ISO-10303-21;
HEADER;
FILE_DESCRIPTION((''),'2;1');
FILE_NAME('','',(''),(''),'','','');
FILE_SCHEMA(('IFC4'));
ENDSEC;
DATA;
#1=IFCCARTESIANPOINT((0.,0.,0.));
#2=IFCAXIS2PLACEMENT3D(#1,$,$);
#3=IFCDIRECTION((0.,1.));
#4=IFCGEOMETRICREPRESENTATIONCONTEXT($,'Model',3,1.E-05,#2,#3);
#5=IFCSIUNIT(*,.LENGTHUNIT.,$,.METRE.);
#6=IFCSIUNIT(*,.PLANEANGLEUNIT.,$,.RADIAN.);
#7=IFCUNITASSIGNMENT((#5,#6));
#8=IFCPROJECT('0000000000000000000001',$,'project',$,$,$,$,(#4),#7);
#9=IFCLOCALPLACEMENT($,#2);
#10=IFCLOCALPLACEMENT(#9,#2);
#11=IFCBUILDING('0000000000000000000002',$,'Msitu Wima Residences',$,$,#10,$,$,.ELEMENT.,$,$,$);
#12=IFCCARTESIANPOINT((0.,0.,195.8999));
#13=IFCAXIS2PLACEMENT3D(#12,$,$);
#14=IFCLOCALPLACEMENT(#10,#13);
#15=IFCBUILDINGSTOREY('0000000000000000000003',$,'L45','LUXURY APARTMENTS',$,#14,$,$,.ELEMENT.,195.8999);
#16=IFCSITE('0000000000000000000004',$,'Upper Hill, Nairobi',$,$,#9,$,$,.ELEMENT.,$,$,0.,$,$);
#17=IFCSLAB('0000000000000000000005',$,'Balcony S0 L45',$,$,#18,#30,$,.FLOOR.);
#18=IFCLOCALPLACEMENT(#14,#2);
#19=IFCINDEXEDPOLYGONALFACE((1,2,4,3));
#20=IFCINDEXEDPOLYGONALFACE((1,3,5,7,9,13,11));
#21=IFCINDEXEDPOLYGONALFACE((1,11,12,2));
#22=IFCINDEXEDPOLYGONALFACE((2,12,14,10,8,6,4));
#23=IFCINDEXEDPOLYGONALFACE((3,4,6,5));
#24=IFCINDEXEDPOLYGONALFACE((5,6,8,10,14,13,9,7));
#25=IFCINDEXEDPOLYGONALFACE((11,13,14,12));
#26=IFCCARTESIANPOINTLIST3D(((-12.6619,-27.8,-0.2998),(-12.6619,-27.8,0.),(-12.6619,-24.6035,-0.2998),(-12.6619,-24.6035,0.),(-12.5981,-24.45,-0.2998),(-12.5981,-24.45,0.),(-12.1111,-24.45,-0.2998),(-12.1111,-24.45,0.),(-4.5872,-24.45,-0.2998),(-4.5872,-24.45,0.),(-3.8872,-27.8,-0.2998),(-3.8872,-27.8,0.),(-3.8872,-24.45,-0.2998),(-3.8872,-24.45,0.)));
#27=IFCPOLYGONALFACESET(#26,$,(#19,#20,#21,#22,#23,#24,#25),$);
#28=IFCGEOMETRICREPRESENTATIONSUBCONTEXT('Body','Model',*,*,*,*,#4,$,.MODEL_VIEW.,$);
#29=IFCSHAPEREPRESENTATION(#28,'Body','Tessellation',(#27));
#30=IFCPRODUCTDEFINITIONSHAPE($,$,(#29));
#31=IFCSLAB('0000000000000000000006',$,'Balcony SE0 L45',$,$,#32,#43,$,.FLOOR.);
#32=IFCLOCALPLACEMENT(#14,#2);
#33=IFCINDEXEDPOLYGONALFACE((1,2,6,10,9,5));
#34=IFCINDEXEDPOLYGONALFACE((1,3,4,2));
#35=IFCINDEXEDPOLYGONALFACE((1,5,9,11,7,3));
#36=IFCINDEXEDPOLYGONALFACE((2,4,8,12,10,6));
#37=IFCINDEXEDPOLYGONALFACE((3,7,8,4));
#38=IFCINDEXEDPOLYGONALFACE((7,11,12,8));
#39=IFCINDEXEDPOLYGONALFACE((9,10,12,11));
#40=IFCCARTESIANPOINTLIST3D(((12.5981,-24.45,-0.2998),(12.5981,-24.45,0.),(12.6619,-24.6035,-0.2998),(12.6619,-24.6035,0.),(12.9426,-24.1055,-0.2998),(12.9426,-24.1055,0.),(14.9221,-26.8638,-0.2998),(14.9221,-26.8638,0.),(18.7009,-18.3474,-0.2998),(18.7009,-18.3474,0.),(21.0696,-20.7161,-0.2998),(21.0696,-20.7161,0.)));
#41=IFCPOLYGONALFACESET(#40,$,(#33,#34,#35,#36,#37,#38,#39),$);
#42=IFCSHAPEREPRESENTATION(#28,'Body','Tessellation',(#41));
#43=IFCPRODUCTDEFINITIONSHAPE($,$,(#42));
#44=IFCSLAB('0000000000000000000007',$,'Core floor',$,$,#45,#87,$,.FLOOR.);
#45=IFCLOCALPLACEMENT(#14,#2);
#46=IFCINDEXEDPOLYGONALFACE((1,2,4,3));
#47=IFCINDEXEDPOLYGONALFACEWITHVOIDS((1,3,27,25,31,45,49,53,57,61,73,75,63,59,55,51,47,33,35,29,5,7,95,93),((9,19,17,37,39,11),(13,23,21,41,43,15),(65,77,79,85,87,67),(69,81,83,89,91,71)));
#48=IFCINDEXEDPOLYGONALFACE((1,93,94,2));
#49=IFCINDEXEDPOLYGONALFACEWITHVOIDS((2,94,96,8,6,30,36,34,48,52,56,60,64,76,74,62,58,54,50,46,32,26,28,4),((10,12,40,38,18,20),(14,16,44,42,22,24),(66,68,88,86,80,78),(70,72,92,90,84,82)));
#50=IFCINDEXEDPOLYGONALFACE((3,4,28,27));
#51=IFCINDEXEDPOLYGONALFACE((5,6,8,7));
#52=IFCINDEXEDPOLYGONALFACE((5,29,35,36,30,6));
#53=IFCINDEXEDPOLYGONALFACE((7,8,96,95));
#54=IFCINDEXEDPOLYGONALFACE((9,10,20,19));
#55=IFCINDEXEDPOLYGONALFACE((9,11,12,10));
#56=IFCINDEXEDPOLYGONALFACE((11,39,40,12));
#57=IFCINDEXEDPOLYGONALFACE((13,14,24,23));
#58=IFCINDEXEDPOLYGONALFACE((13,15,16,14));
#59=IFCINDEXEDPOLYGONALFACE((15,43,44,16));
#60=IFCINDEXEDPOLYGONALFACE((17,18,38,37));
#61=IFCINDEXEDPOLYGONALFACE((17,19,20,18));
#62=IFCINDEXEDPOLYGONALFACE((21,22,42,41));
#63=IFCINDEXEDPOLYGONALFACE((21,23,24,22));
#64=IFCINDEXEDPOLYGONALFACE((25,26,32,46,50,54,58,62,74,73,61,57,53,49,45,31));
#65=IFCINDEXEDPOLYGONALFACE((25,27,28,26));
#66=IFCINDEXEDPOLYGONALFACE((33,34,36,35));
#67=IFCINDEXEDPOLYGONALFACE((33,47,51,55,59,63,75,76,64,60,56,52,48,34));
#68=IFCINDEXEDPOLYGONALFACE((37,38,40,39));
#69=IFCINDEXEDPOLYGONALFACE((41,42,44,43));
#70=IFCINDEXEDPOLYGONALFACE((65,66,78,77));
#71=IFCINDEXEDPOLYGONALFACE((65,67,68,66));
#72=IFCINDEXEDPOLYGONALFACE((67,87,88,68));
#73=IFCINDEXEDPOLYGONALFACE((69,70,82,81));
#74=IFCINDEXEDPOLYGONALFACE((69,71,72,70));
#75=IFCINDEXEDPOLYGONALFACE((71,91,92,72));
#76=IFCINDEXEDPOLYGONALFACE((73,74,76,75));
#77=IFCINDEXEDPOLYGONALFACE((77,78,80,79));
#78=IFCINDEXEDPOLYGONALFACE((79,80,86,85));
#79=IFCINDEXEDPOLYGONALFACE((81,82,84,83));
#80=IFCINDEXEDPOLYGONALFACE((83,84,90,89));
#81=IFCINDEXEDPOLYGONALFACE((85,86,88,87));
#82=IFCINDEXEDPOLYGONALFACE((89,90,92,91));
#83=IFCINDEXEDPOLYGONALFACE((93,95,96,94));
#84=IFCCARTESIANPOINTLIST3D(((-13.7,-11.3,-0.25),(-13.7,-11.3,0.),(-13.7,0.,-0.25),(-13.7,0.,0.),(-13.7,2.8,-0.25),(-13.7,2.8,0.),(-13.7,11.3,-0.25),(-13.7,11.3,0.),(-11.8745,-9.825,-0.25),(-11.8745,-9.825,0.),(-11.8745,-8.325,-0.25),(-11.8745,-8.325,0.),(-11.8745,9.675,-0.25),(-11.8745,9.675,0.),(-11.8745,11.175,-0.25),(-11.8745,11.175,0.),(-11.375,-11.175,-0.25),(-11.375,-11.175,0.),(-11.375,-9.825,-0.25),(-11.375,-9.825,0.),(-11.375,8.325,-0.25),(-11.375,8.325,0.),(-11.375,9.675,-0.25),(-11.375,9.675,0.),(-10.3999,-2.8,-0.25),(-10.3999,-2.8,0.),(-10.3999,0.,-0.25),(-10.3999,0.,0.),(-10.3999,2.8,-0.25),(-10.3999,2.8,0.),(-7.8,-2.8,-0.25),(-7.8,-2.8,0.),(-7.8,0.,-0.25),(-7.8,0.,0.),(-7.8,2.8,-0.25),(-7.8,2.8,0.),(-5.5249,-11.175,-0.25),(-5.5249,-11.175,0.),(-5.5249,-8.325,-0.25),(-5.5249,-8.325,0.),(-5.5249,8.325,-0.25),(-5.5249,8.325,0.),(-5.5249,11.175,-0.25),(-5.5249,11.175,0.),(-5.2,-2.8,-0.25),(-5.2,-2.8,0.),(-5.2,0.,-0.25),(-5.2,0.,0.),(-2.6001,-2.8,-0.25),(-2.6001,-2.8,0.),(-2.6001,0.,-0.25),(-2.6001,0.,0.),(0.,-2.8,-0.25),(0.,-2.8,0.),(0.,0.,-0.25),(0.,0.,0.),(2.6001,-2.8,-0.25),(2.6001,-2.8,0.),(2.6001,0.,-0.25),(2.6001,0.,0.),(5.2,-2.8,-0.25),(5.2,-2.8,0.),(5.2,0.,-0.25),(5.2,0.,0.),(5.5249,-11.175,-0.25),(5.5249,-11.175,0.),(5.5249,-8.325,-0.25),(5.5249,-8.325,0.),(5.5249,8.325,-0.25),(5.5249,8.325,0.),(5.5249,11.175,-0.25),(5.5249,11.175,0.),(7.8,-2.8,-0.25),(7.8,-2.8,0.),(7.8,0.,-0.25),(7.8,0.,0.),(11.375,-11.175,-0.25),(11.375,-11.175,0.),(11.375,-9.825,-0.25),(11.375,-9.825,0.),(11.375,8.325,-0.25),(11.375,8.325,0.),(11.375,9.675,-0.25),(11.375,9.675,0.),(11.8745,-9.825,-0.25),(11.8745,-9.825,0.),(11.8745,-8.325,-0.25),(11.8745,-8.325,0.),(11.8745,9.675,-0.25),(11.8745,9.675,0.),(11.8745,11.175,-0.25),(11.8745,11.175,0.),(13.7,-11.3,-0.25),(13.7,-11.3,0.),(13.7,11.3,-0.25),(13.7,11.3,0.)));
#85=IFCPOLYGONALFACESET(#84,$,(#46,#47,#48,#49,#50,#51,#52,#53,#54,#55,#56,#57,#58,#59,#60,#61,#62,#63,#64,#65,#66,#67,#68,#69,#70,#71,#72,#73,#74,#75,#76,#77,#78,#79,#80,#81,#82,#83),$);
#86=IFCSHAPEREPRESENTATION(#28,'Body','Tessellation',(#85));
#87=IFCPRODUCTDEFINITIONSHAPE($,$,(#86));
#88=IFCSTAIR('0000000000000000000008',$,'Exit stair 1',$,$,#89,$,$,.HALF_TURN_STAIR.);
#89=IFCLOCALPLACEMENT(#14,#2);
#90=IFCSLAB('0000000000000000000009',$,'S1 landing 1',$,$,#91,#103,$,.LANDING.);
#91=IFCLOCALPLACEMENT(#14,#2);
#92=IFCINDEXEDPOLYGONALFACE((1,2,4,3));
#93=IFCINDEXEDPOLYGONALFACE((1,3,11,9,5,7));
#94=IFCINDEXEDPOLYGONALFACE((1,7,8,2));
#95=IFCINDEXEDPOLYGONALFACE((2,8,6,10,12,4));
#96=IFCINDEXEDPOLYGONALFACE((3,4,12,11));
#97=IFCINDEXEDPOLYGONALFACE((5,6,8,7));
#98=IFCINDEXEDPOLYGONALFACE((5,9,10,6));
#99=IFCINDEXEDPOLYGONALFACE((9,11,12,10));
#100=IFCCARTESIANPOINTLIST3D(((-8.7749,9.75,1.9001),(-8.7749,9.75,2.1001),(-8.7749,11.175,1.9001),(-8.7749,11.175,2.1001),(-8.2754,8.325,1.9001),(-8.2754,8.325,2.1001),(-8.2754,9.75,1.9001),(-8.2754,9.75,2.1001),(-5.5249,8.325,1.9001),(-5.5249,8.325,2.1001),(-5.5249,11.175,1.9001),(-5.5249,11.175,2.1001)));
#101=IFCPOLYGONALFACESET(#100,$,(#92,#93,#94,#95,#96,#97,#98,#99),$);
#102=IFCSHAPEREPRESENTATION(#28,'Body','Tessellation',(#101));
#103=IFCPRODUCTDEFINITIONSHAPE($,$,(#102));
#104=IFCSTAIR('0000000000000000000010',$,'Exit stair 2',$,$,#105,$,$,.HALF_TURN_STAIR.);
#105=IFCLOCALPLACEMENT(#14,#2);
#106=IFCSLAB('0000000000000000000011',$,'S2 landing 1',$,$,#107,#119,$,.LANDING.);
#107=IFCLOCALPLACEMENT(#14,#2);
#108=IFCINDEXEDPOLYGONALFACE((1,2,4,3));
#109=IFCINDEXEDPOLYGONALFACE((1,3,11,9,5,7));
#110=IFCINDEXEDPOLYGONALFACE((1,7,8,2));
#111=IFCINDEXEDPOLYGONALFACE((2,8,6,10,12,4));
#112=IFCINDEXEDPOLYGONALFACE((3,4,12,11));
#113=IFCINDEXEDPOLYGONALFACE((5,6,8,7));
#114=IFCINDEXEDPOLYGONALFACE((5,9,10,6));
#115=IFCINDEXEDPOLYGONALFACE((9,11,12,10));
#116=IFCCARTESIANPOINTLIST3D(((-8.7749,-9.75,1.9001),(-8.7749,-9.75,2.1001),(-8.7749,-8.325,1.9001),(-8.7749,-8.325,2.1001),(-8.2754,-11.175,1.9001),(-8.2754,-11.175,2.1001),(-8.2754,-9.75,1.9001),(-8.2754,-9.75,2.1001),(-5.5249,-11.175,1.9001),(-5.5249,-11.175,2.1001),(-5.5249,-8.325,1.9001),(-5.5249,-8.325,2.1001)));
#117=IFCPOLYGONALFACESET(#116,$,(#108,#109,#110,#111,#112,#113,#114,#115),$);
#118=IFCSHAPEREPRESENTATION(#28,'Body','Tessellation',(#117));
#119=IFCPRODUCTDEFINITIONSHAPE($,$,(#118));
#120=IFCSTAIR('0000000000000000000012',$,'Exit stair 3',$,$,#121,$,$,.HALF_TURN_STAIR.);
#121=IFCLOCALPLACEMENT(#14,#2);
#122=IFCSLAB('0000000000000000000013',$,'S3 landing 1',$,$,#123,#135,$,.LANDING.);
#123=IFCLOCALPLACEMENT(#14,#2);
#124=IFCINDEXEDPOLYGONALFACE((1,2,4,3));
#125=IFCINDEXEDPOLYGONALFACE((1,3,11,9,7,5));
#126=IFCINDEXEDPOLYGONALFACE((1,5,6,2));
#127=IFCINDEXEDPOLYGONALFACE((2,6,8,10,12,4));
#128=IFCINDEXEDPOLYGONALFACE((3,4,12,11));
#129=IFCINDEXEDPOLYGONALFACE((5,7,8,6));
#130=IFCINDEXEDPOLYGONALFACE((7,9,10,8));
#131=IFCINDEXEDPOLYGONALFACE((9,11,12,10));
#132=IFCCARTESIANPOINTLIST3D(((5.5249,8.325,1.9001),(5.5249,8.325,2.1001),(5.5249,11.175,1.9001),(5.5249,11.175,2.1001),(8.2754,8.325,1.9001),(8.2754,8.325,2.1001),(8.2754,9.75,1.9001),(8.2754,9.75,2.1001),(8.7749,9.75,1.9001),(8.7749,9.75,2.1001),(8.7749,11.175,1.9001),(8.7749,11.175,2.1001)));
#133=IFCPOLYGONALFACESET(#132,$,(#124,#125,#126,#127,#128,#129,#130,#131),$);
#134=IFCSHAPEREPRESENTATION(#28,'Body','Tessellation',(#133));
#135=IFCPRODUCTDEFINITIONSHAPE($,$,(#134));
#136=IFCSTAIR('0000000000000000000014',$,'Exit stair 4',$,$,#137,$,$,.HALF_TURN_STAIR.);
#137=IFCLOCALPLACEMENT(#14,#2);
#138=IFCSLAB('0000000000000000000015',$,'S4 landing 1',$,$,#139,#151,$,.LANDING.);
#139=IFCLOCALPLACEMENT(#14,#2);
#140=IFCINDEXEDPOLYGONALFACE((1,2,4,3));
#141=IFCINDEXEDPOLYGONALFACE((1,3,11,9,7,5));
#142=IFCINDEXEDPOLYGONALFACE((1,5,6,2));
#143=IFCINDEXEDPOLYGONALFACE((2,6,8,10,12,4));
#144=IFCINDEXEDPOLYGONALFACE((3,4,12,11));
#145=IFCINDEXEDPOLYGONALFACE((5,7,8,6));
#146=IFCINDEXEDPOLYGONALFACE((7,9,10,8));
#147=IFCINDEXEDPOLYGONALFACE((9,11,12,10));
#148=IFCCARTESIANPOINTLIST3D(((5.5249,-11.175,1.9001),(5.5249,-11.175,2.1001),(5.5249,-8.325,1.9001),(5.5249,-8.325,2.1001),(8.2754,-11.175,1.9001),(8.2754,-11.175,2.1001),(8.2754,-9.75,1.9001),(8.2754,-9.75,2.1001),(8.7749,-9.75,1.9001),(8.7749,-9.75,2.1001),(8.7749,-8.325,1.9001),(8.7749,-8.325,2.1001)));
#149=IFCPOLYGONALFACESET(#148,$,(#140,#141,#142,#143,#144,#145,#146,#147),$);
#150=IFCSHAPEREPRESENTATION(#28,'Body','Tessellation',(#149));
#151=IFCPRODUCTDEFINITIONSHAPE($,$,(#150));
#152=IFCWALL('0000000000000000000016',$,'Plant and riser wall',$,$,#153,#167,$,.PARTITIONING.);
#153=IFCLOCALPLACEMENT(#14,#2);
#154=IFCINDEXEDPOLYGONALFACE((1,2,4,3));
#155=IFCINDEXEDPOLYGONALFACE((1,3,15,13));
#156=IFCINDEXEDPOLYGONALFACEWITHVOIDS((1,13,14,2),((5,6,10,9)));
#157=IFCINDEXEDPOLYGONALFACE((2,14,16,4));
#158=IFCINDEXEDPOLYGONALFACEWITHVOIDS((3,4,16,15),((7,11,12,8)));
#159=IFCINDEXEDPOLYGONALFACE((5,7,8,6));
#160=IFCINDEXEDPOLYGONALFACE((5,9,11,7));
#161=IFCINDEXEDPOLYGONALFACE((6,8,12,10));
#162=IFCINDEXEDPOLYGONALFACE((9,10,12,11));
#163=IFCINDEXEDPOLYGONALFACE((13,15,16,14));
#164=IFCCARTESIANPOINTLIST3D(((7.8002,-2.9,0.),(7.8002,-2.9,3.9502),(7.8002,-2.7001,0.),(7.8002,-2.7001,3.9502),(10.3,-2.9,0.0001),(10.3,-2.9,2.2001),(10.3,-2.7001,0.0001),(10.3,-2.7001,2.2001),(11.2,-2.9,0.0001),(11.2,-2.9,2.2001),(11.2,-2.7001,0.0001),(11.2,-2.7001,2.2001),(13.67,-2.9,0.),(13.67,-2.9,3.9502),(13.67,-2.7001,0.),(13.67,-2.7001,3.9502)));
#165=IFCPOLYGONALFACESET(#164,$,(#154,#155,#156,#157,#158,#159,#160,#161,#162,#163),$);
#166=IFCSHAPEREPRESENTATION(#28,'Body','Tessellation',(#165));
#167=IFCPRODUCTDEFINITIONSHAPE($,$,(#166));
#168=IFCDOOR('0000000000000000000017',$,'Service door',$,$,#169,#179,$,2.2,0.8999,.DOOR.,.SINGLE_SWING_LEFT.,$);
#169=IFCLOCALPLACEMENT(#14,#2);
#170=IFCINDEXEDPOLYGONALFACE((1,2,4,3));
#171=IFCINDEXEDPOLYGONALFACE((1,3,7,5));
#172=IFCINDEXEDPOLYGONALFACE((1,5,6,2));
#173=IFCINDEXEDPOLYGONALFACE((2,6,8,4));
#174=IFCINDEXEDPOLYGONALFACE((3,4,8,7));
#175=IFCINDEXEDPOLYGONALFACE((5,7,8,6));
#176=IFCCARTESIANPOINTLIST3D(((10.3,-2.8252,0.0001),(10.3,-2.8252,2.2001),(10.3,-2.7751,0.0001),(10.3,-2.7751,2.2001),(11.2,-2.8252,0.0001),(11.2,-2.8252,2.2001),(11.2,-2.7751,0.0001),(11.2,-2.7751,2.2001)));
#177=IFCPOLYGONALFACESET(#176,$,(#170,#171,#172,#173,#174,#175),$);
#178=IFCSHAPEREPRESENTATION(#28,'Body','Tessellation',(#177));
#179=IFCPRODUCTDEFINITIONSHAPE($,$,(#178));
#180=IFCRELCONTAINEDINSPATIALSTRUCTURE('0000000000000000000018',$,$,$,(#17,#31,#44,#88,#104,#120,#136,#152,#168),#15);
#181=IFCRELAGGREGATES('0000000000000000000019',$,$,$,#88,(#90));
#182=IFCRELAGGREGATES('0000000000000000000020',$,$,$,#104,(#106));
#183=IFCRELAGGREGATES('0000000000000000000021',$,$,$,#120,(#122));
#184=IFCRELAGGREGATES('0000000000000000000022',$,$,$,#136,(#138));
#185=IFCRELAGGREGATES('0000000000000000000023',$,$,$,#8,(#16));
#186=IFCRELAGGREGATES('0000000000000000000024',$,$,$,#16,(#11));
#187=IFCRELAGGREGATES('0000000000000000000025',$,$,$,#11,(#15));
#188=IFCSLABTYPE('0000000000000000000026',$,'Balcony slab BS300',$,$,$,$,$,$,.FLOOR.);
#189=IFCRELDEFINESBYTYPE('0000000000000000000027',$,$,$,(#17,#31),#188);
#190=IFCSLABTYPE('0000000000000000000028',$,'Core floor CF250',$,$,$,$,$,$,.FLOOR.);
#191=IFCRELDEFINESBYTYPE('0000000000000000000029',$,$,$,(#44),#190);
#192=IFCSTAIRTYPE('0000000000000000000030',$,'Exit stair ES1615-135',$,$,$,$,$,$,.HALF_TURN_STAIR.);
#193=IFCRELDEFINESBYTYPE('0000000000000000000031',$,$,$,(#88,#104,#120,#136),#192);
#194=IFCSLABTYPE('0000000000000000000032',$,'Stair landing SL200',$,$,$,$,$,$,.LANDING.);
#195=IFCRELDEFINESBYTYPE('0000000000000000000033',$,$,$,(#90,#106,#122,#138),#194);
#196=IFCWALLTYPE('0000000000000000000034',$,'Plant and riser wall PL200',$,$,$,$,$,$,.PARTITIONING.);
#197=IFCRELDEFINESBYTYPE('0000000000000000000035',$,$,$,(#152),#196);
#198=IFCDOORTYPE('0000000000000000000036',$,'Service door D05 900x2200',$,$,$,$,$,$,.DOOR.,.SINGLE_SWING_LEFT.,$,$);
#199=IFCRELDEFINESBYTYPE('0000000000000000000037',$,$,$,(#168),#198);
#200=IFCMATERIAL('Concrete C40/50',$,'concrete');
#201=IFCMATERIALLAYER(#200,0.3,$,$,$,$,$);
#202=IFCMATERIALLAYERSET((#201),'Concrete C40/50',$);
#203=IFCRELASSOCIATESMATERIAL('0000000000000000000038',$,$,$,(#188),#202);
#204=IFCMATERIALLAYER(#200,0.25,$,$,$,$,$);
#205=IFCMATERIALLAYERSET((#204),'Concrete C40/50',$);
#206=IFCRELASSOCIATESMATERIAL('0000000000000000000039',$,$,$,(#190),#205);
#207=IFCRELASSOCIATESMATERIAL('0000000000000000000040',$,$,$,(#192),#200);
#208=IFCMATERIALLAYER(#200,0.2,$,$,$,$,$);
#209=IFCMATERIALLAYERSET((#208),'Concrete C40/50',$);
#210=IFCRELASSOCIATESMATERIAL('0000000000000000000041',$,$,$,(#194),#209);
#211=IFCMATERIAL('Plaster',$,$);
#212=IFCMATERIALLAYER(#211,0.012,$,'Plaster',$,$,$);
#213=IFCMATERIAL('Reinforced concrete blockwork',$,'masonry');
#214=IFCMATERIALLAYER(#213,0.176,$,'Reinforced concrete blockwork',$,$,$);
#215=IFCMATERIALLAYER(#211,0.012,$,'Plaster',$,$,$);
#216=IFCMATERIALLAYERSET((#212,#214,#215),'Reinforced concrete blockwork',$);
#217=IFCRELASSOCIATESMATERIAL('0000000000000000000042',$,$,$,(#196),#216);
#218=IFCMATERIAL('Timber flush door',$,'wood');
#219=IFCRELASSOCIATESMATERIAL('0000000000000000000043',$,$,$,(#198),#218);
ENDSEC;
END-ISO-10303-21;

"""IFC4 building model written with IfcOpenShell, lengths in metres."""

from ifc_helpers import new_model, si_unit, direction, frame, frame_2d, origin, place, context, subcontext, project, spatial, polyline, rectangle, outline, extrude, material, layer, layer_set, type_object, element, fill, aggregate, save


model = new_model("IFC4")

# Units and contexts
model_context = context("Model", 3, precision=1e-05, world=origin(), true_north=direction((0.0, 1.0)))
body_context = subcontext(model_context, "Body", "Model", "MODEL_VIEW")
ifc_project = project(units=[si_unit("LENGTHUNIT", "METRE"), si_unit("PLANEANGLEUNIT", "RADIAN")], contexts=[model_context])

# Site, building, storey
site_placement = place(None, origin())
site = spatial("IfcSite", under=ifc_project, at=site_placement, Name="Upper Hill, Nairobi", CompositionType="ELEMENT", RefElevation=0.0)
building_placement = place(site_placement, origin())
building = spatial("IfcBuilding", under=site, at=building_placement, Name="Msitu Wima Residences", CompositionType="ELEMENT")
storey_placement = place(building_placement, frame((0.0, 0.0, 195.8999)))
storey = spatial("IfcBuildingStorey", under=building, at=storey_placement, Name="L45", Description="LUXURY APARTMENTS", CompositionType="ELEMENT", Elevation=195.8999)

# Slabs
ifc_material_1 = material(Name="Concrete C40/50", Category="concrete")
ifc_layer_1 = layer(ifc_material_1, 0.3)
ifc_layer_set_1 = layer_set([ifc_layer_1], Name="Concrete C40/50")
slab_type_1 = type_object("IfcSlabType", Name="Balcony slab BS300", PredefinedType="FLOOR", material=ifc_layer_set_1)
slab_1_placement = place(storey_placement, frame((0.0, 0.0, -0.2998)))
element("IfcSlab", 1, at=slab_1_placement, inside=storey, type_object=slab_type_1, Name="Balcony S0 L45", PredefinedType="FLOOR", context=body_context, shape_type="SweptSolid", body=[
    extrude(outline(polyline([(-12.1111, -24.45), (-12.1111, -24.45), (-4.5872, -24.45), (-3.8872, -24.45), (-3.8872, -27.8), (-12.6619, -27.8), (-12.6619, -24.6035), (-12.5981, -24.45), (-12.1111, -24.45), (-12.1111, -24.45)])), origin(), (0.0, 0.0, 1.0), 0.2998),
])
slab_2_placement = place(storey_placement, frame((0.0, 0.0, -0.2998)))
element("IfcSlab", 2, at=slab_2_placement, inside=storey, type_object=slab_type_1, Name="Balcony SE0 L45", PredefinedType="FLOOR", context=body_context, shape_type="SweptSolid", body=[
    extrude(outline(polyline([(12.9426, -24.1055), (12.9426, -24.1055), (18.7009, -18.3474), (21.0696, -20.7161), (14.9221, -26.8638), (12.6619, -24.6035), (12.5981, -24.45), (12.9426, -24.1055), (12.9426, -24.1055)])), origin(), (0.0, 0.0, 1.0), 0.2998),
])
ifc_layer_2 = layer(ifc_material_1, 0.25)
ifc_layer_set_2 = layer_set([ifc_layer_2], Name="Concrete C40/50")
slab_type_2 = type_object("IfcSlabType", Name="Core floor CF250", PredefinedType="FLOOR", material=ifc_layer_set_2)
slab_3_placement = place(storey_placement, frame((0.0, 0.0, -0.25)))
element("IfcSlab", 3, at=slab_3_placement, inside=storey, type_object=slab_type_2, Name="Core floor", PredefinedType="FLOOR", context=body_context, shape_type="SweptSolid", body=[
    extrude(outline(polyline([(-13.7, 11.3), (-13.7, 2.8), (-10.3999, 2.8), (-7.8, 2.8), (-7.8, 0.0), (-5.2, 0.0), (-2.6001, 0.0), (0.0, 0.0), (2.6001, 0.0), (5.2, 0.0), (7.8, 0.0), (7.8, -2.8), (5.2, -2.8), (2.6001, -2.8), (0.0, -2.8), (-2.6001, -2.8), (-5.2, -2.8), (-7.8, -2.8), (-10.3999, -2.8), (-10.3999, 0.0), (-13.7, 0.0), (-13.7, -11.3), (13.7, -11.3), (13.7, 11.3), (-13.7, 11.3)]), holes=[polyline([(-11.375, -11.175), (-11.375, -9.825), (-11.8745, -9.825), (-11.8745, -8.325), (-5.5249, -8.325), (-5.5249, -11.175), (-11.375, -11.175)]), polyline([(-11.375, 8.325), (-11.375, 9.675), (-11.8745, 9.675), (-11.8745, 11.175), (-5.5249, 11.175), (-5.5249, 8.325), (-11.375, 8.325)]), polyline([(11.375, -9.825), (11.375, -11.175), (5.5249, -11.175), (5.5249, -8.325), (11.8745, -8.325), (11.8745, -9.825), (11.375, -9.825)]), polyline([(11.375, 9.675), (11.375, 8.325), (5.5249, 8.325), (5.5249, 11.175), (11.8745, 11.175), (11.8745, 9.675), (11.375, 9.675)])]), origin(), (0.0, 0.0, 1.0), 0.25),
])

# Stairs, slabs
stair_type = type_object("IfcStairType", Name="Exit stair ES1615-135", PredefinedType="HALF_TURN_STAIR", material=ifc_material_1)
stair_1_placement = place(storey_placement, origin())
stair_1 = element("IfcStair", 4, at=stair_1_placement, inside=storey, type_object=stair_type, Name="Exit stair 1", PredefinedType="HALF_TURN_STAIR")
ifc_layer_3 = layer(ifc_material_1, 0.2)
ifc_layer_set_3 = layer_set([ifc_layer_3], Name="Concrete C40/50")
slab_type_3 = type_object("IfcSlabType", Name="Stair landing SL200", PredefinedType="LANDING", material=ifc_layer_set_3)
slab_4_placement = place(storey_placement, frame((0.0, 0.0, 1.9001)))
slab_4 = element("IfcSlab", 5, at=slab_4_placement, type_object=slab_type_3, Name="S1 landing 1", PredefinedType="LANDING", context=body_context, shape_type="SweptSolid", body=[
    extrude(outline(polyline([(-5.5249, 8.325), (-8.2754, 8.325), (-8.2754, 9.75), (-8.7749, 9.75), (-8.7749, 11.175), (-5.5249, 11.175), (-5.5249, 8.325)])), origin(), (0.0, 0.0, 1.0), 0.2),
])
aggregate(stair_1, [slab_4])
stair_2_placement = place(storey_placement, origin())
stair_2 = element("IfcStair", 6, at=stair_2_placement, inside=storey, type_object=stair_type, Name="Exit stair 2", PredefinedType="HALF_TURN_STAIR")
slab_5_placement = place(storey_placement, frame((0.0, 0.0, 1.9001)))
slab_5 = element("IfcSlab", 7, at=slab_5_placement, type_object=slab_type_3, Name="S2 landing 1", PredefinedType="LANDING", context=body_context, shape_type="SweptSolid", body=[
    extrude(outline(polyline([(-5.5249, -11.175), (-8.2754, -11.175), (-8.2754, -9.75), (-8.7749, -9.75), (-8.7749, -8.325), (-5.5249, -8.325), (-5.5249, -11.175)])), origin(), (0.0, 0.0, 1.0), 0.2),
])
aggregate(stair_2, [slab_5])
stair_3_placement = place(storey_placement, origin())
stair_3 = element("IfcStair", 8, at=stair_3_placement, inside=storey, type_object=stair_type, Name="Exit stair 3", PredefinedType="HALF_TURN_STAIR")
slab_6_placement = place(storey_placement, frame((0.0, 0.0, 1.9001)))
slab_6 = element("IfcSlab", 9, at=slab_6_placement, type_object=slab_type_3, Name="S3 landing 1", PredefinedType="LANDING", context=body_context, shape_type="SweptSolid", body=[
    extrude(outline(polyline([(5.5249, 8.325), (8.2754, 8.325), (8.2754, 9.75), (8.7749, 9.75), (8.7749, 11.175), (5.5249, 11.175), (5.5249, 8.325)])), origin(), (0.0, 0.0, 1.0), 0.2),
])
aggregate(stair_3, [slab_6])
stair_4_placement = place(storey_placement, origin())
stair_4 = element("IfcStair", 10, at=stair_4_placement, inside=storey, type_object=stair_type, Name="Exit stair 4", PredefinedType="HALF_TURN_STAIR")
slab_7_placement = place(storey_placement, frame((0.0, 0.0, 1.9001)))
slab_7 = element("IfcSlab", 11, at=slab_7_placement, type_object=slab_type_3, Name="S4 landing 1", PredefinedType="LANDING", context=body_context, shape_type="SweptSolid", body=[
    extrude(outline(polyline([(5.5249, -11.175), (8.2754, -11.175), (8.2754, -9.75), (8.7749, -9.75), (8.7749, -8.325), (5.5249, -8.325), (5.5249, -11.175)])), origin(), (0.0, 0.0, 1.0), 0.2),
])

# Wall, opening, door
ifc_material_2 = material(Name="Plaster")
ifc_layer_4 = layer(ifc_material_2, 0.012, Name="Plaster")
ifc_material_3 = material(Name="Reinforced concrete blockwork", Category="masonry")
ifc_layer_5 = layer(ifc_material_3, 0.176, Name="Reinforced concrete blockwork")
ifc_layer_6 = layer(ifc_material_2, 0.012, Name="Plaster")
ifc_layer_set_4 = layer_set([ifc_layer_4, ifc_layer_5, ifc_layer_6], Name="Reinforced concrete blockwork")
wall_type_1 = type_object("IfcWallType", Name="Plant and riser wall PL200", PredefinedType="PARTITIONING", material=ifc_layer_set_4)
wall_1_placement = place(storey_placement, frame((7.8, -2.8, 0.0), z_axis=(0.0, 0.0, 1.0), x_axis=(1.0, 0.0, 0.0)))
wall_1 = element("IfcWall", 12, at=wall_1_placement, inside=storey, type_object=wall_type_1, Name="Plant and riser wall", PredefinedType="PARTITIONING", context=body_context, shape_type="SweptSolid", body=[
    extrude(rectangle(XDim=5.8699, YDim=0.2, at=frame_2d((2.9351, 0.0))), origin(), (0.0, 0.0, 1.0), 3.9502),
])
opening_placement = place(wall_1_placement, frame((2.5, 0.0, 0.0)))
opening = element("IfcOpeningElement", 13, at=opening_placement, cuts=wall_1, PredefinedType="OPENING", context=body_context, shape_type="SweptSolid", body=[
    extrude(rectangle(XDim=0.8999, YDim=2.2, at=frame_2d((0.45, 1.1001))), frame((0.0, 0.1099, 0.0), z_axis=(0.0, -1.0, 0.0), x_axis=(1.0, 0.0, 0.0)), (0.0, 0.0, 1.0), 0.22),
])
ifc_material_4 = material(Name="Timber flush door", Category="wood")
door_type = type_object("IfcDoorType", Name="Service door D05 900x2200", OperationType="SINGLE_SWING_LEFT", PredefinedType="DOOR", material=ifc_material_4)
door_placement = place(opening_placement, origin())
door = element("IfcDoor", 14, at=door_placement, inside=storey, type_object=door_type, Name="Service door", OperationType="SINGLE_SWING_LEFT", OverallHeight=2.2, OverallWidth=0.8999, PredefinedType="DOOR", context=body_context, shape_type="SweptSolid", body=[
    extrude(rectangle(XDim=0.8999, YDim=2.2, at=frame_2d((0.45, 1.1001))), frame((0.0, 0.0249, 0.0), z_axis=(0.0, -1.0, 0.0), x_axis=(1.0, 0.0, 0.0)), (0.0, 0.0, 1.0), 0.05),
])
fill(opening, door)

aggregate(stair_4, [slab_7])

save(model, "model.ifc")
